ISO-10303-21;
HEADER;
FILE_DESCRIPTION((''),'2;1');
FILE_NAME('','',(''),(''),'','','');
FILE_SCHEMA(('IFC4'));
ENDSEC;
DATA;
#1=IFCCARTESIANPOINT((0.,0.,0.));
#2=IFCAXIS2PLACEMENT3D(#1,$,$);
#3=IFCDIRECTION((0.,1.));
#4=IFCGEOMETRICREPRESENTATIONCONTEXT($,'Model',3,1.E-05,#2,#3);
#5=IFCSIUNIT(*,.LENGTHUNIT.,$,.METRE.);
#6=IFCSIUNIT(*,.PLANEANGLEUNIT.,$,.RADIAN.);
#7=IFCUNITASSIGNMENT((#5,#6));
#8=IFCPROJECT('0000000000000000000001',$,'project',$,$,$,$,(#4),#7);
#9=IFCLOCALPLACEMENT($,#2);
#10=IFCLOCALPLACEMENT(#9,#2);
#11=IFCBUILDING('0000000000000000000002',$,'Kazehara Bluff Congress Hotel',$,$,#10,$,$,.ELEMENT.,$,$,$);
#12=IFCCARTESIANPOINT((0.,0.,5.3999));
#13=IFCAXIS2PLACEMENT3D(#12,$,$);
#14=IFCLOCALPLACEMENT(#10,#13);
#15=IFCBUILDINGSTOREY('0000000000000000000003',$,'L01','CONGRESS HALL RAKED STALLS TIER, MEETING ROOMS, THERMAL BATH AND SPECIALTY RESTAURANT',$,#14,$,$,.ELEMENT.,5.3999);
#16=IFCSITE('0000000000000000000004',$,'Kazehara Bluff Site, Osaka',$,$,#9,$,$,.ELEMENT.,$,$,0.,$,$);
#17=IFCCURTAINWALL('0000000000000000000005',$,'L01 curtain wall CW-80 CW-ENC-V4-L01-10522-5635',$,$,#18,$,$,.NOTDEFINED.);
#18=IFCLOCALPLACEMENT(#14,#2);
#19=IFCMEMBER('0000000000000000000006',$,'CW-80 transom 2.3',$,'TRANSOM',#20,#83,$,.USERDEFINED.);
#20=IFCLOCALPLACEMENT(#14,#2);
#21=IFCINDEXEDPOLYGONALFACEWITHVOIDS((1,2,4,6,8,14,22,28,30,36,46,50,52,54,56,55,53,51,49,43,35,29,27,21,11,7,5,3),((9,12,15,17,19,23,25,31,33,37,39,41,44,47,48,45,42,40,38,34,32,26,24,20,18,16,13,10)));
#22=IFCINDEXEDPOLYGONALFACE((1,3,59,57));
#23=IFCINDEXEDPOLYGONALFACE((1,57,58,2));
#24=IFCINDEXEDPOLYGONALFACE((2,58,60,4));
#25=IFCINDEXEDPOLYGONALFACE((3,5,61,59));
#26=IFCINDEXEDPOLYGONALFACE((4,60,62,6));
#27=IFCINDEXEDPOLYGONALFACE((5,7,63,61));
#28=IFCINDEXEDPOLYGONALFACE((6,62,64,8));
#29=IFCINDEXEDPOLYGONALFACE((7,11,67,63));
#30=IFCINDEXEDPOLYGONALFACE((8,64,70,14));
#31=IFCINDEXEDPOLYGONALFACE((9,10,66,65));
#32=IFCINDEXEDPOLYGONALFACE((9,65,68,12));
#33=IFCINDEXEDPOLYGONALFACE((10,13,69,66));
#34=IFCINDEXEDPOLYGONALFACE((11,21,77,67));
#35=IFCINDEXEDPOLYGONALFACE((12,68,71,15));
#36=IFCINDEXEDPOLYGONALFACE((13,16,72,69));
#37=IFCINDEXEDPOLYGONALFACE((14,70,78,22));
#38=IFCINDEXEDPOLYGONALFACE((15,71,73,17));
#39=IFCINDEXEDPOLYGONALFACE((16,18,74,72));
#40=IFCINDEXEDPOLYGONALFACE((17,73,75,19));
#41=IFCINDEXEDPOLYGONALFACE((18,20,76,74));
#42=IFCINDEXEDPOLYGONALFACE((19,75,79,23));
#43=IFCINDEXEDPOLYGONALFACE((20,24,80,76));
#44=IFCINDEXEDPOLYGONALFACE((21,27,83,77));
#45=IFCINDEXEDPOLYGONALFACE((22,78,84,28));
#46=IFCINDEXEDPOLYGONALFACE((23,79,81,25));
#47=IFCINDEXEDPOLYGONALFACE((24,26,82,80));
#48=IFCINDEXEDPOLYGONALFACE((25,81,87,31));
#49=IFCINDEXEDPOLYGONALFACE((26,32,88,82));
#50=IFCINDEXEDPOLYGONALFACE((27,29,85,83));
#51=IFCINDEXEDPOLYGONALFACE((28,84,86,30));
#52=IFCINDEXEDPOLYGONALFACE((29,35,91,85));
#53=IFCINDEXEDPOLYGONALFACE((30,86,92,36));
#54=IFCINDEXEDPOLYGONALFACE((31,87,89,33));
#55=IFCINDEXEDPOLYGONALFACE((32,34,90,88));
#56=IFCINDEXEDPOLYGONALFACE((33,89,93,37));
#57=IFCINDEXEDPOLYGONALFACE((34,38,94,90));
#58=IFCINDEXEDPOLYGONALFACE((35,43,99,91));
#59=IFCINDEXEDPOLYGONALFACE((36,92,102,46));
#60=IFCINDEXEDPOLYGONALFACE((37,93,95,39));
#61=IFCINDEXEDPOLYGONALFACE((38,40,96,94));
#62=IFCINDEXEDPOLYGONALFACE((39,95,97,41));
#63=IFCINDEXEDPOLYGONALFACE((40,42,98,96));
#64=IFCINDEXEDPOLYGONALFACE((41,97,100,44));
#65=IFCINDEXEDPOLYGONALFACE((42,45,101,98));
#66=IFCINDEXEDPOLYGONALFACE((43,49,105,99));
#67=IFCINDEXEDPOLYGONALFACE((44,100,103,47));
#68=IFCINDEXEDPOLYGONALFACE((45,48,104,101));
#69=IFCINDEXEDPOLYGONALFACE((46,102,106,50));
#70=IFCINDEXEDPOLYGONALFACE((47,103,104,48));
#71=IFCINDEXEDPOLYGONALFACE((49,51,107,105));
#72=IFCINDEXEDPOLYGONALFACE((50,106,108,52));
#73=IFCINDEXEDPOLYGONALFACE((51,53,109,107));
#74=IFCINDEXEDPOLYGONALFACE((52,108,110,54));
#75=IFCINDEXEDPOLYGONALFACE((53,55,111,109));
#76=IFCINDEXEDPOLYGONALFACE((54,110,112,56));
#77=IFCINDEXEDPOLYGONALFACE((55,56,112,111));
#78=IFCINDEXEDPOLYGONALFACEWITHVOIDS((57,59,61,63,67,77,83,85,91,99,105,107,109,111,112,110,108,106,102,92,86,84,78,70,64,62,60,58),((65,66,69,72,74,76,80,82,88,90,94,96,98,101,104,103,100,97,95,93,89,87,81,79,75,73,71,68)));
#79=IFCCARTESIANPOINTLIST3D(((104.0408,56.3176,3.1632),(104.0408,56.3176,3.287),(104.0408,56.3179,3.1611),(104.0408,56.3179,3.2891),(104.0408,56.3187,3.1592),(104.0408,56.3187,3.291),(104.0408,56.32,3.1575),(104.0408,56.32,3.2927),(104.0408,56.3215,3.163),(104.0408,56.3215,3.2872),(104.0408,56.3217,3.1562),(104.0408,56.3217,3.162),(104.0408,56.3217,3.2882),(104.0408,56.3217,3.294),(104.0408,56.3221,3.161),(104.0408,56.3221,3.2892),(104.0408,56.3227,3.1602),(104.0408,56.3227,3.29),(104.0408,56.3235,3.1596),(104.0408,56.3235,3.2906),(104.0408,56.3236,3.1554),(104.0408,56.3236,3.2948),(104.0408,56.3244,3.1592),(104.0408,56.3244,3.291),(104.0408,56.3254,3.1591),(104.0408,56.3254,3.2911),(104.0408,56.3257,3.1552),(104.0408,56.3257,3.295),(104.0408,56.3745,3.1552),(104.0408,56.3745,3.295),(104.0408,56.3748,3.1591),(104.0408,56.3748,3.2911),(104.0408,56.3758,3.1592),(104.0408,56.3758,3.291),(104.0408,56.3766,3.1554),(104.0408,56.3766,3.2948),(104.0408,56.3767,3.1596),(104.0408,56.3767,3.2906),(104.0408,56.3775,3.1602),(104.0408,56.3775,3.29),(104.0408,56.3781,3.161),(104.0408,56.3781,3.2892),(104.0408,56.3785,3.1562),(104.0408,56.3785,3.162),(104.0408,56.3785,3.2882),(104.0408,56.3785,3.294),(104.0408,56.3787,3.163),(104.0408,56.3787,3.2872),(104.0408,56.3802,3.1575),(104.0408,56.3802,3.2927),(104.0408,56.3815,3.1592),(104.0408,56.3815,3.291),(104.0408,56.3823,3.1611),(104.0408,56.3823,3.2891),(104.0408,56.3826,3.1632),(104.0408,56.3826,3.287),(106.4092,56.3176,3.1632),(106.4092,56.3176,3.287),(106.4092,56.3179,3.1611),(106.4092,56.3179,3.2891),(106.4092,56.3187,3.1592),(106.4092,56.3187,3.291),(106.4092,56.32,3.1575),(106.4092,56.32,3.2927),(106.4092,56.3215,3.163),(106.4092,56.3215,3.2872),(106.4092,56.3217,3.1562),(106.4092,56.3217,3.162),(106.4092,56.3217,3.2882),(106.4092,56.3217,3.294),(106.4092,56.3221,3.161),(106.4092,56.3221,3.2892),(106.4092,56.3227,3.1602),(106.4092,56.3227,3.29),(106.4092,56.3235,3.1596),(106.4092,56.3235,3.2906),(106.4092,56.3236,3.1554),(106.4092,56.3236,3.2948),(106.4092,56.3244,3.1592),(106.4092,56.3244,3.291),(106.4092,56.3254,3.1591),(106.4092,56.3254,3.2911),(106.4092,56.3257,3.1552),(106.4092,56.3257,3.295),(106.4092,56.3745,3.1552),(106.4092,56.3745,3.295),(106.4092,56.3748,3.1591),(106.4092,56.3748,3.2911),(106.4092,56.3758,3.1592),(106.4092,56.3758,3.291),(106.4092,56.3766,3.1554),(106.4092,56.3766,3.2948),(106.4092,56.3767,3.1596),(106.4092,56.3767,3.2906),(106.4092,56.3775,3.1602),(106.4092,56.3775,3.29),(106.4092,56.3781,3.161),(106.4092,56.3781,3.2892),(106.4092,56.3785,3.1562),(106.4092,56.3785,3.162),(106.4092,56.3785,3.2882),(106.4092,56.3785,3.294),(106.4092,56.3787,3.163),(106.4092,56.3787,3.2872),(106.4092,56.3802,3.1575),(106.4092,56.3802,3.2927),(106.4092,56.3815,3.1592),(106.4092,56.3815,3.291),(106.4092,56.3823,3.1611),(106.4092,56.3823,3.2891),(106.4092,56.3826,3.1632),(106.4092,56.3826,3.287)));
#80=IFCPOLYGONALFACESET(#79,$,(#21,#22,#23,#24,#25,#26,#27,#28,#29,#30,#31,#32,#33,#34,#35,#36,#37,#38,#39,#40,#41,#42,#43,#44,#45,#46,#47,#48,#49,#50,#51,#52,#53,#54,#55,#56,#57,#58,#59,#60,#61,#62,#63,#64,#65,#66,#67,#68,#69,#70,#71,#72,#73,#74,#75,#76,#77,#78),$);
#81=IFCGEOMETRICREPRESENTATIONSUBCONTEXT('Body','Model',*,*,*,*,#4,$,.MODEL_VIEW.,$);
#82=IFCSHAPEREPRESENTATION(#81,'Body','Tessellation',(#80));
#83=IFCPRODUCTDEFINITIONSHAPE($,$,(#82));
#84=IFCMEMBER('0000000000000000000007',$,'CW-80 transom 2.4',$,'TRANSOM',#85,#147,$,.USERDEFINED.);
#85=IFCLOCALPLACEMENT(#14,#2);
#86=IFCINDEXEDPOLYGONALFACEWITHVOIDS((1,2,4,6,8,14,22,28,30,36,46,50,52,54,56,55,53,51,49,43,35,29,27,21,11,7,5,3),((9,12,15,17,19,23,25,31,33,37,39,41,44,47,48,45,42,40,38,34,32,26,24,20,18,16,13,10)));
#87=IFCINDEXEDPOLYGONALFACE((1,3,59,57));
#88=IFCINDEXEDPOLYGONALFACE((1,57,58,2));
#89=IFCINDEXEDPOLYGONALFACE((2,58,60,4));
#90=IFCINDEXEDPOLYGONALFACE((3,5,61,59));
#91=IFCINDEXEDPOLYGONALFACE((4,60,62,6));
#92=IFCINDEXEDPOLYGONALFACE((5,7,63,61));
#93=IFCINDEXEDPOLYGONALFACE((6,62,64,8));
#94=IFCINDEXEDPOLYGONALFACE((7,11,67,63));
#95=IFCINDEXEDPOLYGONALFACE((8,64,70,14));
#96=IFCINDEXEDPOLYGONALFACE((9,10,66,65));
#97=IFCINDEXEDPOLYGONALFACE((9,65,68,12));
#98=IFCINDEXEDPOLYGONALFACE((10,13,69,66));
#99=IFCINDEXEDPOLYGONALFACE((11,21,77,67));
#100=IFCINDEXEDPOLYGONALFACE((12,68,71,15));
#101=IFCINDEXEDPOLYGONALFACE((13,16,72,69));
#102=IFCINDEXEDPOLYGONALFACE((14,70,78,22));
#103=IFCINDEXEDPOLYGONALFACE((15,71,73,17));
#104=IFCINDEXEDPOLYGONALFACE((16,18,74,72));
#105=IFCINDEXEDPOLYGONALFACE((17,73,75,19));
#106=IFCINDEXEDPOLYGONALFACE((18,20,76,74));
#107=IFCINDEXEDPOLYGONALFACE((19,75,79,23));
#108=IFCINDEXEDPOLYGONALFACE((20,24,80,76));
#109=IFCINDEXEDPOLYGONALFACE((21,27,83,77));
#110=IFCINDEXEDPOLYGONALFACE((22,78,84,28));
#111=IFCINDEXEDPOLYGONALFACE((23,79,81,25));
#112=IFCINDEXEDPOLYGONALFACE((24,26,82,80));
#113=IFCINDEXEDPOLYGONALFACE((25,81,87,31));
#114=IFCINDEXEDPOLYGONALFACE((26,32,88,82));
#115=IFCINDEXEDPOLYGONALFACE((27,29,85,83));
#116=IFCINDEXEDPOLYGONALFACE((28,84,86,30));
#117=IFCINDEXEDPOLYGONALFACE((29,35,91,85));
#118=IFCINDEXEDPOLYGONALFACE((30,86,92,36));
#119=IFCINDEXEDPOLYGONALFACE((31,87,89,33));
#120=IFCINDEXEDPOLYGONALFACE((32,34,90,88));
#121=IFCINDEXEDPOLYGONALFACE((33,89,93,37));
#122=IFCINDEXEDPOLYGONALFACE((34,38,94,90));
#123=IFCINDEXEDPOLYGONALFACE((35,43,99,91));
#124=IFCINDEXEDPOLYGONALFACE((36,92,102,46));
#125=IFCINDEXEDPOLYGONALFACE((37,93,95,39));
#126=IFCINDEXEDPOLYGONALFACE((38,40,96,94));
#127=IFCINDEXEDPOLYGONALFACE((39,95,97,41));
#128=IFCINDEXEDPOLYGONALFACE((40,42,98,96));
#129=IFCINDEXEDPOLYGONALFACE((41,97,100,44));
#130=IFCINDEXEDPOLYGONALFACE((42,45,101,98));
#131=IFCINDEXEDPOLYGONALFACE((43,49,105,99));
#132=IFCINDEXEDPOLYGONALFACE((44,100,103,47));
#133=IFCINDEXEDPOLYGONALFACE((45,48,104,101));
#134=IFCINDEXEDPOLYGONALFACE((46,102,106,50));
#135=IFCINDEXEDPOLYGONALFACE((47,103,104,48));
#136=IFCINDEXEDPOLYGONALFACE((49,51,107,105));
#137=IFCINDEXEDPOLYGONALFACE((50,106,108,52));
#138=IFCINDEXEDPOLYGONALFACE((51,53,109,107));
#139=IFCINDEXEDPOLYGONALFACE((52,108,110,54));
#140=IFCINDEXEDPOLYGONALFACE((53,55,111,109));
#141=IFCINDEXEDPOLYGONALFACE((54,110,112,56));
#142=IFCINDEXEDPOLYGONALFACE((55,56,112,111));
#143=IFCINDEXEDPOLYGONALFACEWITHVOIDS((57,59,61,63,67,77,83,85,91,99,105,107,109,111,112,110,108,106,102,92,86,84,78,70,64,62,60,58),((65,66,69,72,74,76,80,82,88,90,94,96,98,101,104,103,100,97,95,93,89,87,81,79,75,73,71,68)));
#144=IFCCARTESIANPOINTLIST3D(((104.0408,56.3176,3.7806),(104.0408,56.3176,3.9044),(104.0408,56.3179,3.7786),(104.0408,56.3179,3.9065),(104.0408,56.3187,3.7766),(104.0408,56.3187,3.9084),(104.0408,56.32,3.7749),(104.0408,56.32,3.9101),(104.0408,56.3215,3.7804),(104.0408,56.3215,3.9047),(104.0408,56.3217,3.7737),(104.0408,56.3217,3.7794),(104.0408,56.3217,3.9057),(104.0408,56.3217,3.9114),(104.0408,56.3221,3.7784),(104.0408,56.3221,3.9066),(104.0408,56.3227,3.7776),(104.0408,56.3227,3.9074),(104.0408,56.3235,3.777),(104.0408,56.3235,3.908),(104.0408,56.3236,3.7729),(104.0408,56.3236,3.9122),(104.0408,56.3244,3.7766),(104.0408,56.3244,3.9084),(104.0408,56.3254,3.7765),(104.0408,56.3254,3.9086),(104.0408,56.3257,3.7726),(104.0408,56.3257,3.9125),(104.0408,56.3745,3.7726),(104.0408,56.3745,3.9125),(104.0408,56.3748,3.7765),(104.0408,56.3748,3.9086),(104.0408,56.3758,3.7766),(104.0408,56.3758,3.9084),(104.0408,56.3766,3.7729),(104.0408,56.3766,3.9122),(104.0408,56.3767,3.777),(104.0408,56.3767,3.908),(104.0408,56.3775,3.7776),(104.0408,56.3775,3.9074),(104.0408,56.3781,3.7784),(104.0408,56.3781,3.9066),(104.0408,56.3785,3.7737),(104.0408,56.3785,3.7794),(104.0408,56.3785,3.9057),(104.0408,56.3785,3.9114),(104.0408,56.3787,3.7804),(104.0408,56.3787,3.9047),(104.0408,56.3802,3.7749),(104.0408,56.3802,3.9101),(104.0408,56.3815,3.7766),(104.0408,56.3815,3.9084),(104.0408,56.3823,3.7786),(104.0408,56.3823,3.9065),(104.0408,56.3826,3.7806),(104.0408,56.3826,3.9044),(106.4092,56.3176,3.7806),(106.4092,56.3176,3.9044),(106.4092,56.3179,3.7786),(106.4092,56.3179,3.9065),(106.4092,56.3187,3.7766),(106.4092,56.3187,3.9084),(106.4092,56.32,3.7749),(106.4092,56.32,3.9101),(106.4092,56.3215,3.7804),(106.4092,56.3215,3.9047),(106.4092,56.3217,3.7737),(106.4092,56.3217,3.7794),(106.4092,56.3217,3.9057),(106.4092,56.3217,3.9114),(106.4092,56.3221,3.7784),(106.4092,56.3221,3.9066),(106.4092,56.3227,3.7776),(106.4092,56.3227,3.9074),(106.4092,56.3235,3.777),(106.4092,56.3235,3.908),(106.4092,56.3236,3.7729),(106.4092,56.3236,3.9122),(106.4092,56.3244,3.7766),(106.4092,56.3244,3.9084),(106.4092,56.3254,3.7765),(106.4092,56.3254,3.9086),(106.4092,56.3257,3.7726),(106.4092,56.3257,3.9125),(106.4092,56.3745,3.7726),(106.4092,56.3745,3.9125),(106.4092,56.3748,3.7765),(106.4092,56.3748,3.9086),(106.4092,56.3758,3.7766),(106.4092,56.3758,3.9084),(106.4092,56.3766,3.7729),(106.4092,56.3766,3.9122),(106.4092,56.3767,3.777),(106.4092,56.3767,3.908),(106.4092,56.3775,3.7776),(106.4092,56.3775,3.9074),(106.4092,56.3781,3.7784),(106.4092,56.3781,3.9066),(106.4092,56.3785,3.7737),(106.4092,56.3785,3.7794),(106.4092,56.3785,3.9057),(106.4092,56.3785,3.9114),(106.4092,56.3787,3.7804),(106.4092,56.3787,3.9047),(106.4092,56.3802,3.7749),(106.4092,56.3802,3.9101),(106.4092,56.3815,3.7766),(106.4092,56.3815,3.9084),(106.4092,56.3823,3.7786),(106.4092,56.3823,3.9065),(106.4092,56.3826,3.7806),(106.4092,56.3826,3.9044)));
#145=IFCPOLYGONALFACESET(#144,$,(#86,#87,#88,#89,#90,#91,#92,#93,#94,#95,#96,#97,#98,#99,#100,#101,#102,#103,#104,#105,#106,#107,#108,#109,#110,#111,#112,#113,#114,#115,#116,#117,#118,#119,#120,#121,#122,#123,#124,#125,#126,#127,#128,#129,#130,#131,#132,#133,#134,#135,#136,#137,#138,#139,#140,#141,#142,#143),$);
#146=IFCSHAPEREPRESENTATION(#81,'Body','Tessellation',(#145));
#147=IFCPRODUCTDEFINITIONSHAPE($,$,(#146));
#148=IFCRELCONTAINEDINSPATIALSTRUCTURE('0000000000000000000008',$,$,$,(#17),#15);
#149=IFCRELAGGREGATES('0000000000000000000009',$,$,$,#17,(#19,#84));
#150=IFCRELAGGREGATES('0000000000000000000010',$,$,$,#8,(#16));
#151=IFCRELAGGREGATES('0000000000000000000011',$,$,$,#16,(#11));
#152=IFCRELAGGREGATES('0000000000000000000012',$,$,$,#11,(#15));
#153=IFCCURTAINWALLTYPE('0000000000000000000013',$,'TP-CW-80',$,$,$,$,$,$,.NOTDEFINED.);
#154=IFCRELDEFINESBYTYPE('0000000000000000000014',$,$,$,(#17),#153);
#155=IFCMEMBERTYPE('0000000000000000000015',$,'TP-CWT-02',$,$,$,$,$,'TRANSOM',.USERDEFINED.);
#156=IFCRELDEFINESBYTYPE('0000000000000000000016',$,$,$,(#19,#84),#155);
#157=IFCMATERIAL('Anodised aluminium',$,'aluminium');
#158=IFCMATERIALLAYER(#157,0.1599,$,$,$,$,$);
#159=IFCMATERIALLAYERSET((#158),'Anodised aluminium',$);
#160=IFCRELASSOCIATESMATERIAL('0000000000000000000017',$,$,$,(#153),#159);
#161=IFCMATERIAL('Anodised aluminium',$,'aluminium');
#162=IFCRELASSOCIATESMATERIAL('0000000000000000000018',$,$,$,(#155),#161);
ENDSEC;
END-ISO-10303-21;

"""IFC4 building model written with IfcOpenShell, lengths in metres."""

from ifc_helpers import new_model, si_unit, direction, frame, origin, origin_2d, place, context, subcontext, project, spatial, hollow_rectangle, extrude, material, layer, layer_set, material_profile, profile_set, type_object, element, aggregate, save


model = new_model("IFC4")

# Units and contexts
model_context = context("Model", 3, precision=1e-05, world=origin(), true_north=direction((0.0, 1.0)))
body_context = subcontext(model_context, "Body", "Model", "MODEL_VIEW")
ifc_project = project(units=[si_unit("LENGTHUNIT", "METRE"), si_unit("PLANEANGLEUNIT", "RADIAN")], contexts=[model_context])

# Site, building, storey
site_placement = place(None, origin())
site = spatial("IfcSite", under=ifc_project, at=site_placement, Name="Kazehara Bluff Site, Osaka", CompositionType="ELEMENT", RefElevation=0.0)
building_placement = place(site_placement, origin())
building = spatial("IfcBuilding", under=site, at=building_placement, Name="Kazehara Bluff Congress Hotel", CompositionType="ELEMENT")
storey_placement = place(building_placement, frame((0.0, 0.0, 5.3999)))
storey = spatial("IfcBuildingStorey", under=building, at=storey_placement, Name="L01", Description="CONGRESS HALL RAKED STALLS TIER, MEETING ROOMS, THERMAL BATH AND SPECIALTY RESTAURANT", CompositionType="ELEMENT", Elevation=5.3999)

# Curtain wall, members
ifc_material_1 = material(Name="Anodised aluminium", Category="aluminium")
ifc_layer_1 = layer(ifc_material_1, 0.1599)
ifc_layer_set_1 = layer_set([ifc_layer_1], Name="Anodised aluminium")
curtain_wall_type_1 = type_object("IfcCurtainWallType", Name="TP-CW-80", PredefinedType="NOTDEFINED", material=ifc_layer_set_1)
curtain_wall_1_placement = place(storey_placement, origin())
curtain_wall_1 = element("IfcCurtainWall", 1, at=curtain_wall_1_placement, inside=storey, type_object=curtain_wall_type_1, Name="L01 curtain wall CW-80 CW-ENC-V4-L01-10522-5635", PredefinedType="NOTDEFINED")
ifc_material_2 = material(Name="Anodised aluminium", Category="aluminium")
ifc_material_profile_1 = material_profile(ifc_material_2, hollow_rectangle(XDim=0.0649, YDim=0.1399, WallThickness=0.0039, InnerFilletRadius=0.0039, OuterFilletRadius=0.0081, at=origin_2d()))
ifc_profile_set_1 = profile_set([ifc_material_profile_1], Name="Anodised aluminium")
member_type_1 = type_object("IfcMemberType", Name="TP-CWT-02", ElementType="TRANSOM", PredefinedType="USERDEFINED", material=ifc_profile_set_1)
member_1_placement = place(storey_placement, frame((104.0408, 56.3501, 3.2251), z_axis=(1.0, 0.0, 0.0), x_axis=(0.0, 1.0, 0.0)))
member_1 = element("IfcMember", 2, at=member_1_placement, type_object=member_type_1, Name="CW-80 transom 2.3", ObjectType="TRANSOM", PredefinedType="USERDEFINED", context=body_context, shape_type="SweptSolid", body=[
    extrude(hollow_rectangle(XDim=0.0649, YDim=0.1399, WallThickness=0.0039, InnerFilletRadius=0.0039, OuterFilletRadius=0.0081, at=origin_2d()), origin(), (0.0, 0.0, 1.0), 2.3684),
])
member_2_placement = place(storey_placement, frame((104.0408, 56.3501, 3.8425), z_axis=(1.0, 0.0, 0.0), x_axis=(0.0, 1.0, 0.0)))
member_2 = element("IfcMember", 3, at=member_2_placement, type_object=member_type_1, Name="CW-80 transom 2.4", ObjectType="TRANSOM", PredefinedType="USERDEFINED", context=body_context, shape_type="SweptSolid", body=[
    extrude(hollow_rectangle(XDim=0.0649, YDim=0.1399, WallThickness=0.0039, InnerFilletRadius=0.0039, OuterFilletRadius=0.0081, at=origin_2d()), origin(), (0.0, 0.0, 1.0), 2.3684),
])

aggregate(curtain_wall_1, [member_1, member_2])

save(model, "model.ifc")
